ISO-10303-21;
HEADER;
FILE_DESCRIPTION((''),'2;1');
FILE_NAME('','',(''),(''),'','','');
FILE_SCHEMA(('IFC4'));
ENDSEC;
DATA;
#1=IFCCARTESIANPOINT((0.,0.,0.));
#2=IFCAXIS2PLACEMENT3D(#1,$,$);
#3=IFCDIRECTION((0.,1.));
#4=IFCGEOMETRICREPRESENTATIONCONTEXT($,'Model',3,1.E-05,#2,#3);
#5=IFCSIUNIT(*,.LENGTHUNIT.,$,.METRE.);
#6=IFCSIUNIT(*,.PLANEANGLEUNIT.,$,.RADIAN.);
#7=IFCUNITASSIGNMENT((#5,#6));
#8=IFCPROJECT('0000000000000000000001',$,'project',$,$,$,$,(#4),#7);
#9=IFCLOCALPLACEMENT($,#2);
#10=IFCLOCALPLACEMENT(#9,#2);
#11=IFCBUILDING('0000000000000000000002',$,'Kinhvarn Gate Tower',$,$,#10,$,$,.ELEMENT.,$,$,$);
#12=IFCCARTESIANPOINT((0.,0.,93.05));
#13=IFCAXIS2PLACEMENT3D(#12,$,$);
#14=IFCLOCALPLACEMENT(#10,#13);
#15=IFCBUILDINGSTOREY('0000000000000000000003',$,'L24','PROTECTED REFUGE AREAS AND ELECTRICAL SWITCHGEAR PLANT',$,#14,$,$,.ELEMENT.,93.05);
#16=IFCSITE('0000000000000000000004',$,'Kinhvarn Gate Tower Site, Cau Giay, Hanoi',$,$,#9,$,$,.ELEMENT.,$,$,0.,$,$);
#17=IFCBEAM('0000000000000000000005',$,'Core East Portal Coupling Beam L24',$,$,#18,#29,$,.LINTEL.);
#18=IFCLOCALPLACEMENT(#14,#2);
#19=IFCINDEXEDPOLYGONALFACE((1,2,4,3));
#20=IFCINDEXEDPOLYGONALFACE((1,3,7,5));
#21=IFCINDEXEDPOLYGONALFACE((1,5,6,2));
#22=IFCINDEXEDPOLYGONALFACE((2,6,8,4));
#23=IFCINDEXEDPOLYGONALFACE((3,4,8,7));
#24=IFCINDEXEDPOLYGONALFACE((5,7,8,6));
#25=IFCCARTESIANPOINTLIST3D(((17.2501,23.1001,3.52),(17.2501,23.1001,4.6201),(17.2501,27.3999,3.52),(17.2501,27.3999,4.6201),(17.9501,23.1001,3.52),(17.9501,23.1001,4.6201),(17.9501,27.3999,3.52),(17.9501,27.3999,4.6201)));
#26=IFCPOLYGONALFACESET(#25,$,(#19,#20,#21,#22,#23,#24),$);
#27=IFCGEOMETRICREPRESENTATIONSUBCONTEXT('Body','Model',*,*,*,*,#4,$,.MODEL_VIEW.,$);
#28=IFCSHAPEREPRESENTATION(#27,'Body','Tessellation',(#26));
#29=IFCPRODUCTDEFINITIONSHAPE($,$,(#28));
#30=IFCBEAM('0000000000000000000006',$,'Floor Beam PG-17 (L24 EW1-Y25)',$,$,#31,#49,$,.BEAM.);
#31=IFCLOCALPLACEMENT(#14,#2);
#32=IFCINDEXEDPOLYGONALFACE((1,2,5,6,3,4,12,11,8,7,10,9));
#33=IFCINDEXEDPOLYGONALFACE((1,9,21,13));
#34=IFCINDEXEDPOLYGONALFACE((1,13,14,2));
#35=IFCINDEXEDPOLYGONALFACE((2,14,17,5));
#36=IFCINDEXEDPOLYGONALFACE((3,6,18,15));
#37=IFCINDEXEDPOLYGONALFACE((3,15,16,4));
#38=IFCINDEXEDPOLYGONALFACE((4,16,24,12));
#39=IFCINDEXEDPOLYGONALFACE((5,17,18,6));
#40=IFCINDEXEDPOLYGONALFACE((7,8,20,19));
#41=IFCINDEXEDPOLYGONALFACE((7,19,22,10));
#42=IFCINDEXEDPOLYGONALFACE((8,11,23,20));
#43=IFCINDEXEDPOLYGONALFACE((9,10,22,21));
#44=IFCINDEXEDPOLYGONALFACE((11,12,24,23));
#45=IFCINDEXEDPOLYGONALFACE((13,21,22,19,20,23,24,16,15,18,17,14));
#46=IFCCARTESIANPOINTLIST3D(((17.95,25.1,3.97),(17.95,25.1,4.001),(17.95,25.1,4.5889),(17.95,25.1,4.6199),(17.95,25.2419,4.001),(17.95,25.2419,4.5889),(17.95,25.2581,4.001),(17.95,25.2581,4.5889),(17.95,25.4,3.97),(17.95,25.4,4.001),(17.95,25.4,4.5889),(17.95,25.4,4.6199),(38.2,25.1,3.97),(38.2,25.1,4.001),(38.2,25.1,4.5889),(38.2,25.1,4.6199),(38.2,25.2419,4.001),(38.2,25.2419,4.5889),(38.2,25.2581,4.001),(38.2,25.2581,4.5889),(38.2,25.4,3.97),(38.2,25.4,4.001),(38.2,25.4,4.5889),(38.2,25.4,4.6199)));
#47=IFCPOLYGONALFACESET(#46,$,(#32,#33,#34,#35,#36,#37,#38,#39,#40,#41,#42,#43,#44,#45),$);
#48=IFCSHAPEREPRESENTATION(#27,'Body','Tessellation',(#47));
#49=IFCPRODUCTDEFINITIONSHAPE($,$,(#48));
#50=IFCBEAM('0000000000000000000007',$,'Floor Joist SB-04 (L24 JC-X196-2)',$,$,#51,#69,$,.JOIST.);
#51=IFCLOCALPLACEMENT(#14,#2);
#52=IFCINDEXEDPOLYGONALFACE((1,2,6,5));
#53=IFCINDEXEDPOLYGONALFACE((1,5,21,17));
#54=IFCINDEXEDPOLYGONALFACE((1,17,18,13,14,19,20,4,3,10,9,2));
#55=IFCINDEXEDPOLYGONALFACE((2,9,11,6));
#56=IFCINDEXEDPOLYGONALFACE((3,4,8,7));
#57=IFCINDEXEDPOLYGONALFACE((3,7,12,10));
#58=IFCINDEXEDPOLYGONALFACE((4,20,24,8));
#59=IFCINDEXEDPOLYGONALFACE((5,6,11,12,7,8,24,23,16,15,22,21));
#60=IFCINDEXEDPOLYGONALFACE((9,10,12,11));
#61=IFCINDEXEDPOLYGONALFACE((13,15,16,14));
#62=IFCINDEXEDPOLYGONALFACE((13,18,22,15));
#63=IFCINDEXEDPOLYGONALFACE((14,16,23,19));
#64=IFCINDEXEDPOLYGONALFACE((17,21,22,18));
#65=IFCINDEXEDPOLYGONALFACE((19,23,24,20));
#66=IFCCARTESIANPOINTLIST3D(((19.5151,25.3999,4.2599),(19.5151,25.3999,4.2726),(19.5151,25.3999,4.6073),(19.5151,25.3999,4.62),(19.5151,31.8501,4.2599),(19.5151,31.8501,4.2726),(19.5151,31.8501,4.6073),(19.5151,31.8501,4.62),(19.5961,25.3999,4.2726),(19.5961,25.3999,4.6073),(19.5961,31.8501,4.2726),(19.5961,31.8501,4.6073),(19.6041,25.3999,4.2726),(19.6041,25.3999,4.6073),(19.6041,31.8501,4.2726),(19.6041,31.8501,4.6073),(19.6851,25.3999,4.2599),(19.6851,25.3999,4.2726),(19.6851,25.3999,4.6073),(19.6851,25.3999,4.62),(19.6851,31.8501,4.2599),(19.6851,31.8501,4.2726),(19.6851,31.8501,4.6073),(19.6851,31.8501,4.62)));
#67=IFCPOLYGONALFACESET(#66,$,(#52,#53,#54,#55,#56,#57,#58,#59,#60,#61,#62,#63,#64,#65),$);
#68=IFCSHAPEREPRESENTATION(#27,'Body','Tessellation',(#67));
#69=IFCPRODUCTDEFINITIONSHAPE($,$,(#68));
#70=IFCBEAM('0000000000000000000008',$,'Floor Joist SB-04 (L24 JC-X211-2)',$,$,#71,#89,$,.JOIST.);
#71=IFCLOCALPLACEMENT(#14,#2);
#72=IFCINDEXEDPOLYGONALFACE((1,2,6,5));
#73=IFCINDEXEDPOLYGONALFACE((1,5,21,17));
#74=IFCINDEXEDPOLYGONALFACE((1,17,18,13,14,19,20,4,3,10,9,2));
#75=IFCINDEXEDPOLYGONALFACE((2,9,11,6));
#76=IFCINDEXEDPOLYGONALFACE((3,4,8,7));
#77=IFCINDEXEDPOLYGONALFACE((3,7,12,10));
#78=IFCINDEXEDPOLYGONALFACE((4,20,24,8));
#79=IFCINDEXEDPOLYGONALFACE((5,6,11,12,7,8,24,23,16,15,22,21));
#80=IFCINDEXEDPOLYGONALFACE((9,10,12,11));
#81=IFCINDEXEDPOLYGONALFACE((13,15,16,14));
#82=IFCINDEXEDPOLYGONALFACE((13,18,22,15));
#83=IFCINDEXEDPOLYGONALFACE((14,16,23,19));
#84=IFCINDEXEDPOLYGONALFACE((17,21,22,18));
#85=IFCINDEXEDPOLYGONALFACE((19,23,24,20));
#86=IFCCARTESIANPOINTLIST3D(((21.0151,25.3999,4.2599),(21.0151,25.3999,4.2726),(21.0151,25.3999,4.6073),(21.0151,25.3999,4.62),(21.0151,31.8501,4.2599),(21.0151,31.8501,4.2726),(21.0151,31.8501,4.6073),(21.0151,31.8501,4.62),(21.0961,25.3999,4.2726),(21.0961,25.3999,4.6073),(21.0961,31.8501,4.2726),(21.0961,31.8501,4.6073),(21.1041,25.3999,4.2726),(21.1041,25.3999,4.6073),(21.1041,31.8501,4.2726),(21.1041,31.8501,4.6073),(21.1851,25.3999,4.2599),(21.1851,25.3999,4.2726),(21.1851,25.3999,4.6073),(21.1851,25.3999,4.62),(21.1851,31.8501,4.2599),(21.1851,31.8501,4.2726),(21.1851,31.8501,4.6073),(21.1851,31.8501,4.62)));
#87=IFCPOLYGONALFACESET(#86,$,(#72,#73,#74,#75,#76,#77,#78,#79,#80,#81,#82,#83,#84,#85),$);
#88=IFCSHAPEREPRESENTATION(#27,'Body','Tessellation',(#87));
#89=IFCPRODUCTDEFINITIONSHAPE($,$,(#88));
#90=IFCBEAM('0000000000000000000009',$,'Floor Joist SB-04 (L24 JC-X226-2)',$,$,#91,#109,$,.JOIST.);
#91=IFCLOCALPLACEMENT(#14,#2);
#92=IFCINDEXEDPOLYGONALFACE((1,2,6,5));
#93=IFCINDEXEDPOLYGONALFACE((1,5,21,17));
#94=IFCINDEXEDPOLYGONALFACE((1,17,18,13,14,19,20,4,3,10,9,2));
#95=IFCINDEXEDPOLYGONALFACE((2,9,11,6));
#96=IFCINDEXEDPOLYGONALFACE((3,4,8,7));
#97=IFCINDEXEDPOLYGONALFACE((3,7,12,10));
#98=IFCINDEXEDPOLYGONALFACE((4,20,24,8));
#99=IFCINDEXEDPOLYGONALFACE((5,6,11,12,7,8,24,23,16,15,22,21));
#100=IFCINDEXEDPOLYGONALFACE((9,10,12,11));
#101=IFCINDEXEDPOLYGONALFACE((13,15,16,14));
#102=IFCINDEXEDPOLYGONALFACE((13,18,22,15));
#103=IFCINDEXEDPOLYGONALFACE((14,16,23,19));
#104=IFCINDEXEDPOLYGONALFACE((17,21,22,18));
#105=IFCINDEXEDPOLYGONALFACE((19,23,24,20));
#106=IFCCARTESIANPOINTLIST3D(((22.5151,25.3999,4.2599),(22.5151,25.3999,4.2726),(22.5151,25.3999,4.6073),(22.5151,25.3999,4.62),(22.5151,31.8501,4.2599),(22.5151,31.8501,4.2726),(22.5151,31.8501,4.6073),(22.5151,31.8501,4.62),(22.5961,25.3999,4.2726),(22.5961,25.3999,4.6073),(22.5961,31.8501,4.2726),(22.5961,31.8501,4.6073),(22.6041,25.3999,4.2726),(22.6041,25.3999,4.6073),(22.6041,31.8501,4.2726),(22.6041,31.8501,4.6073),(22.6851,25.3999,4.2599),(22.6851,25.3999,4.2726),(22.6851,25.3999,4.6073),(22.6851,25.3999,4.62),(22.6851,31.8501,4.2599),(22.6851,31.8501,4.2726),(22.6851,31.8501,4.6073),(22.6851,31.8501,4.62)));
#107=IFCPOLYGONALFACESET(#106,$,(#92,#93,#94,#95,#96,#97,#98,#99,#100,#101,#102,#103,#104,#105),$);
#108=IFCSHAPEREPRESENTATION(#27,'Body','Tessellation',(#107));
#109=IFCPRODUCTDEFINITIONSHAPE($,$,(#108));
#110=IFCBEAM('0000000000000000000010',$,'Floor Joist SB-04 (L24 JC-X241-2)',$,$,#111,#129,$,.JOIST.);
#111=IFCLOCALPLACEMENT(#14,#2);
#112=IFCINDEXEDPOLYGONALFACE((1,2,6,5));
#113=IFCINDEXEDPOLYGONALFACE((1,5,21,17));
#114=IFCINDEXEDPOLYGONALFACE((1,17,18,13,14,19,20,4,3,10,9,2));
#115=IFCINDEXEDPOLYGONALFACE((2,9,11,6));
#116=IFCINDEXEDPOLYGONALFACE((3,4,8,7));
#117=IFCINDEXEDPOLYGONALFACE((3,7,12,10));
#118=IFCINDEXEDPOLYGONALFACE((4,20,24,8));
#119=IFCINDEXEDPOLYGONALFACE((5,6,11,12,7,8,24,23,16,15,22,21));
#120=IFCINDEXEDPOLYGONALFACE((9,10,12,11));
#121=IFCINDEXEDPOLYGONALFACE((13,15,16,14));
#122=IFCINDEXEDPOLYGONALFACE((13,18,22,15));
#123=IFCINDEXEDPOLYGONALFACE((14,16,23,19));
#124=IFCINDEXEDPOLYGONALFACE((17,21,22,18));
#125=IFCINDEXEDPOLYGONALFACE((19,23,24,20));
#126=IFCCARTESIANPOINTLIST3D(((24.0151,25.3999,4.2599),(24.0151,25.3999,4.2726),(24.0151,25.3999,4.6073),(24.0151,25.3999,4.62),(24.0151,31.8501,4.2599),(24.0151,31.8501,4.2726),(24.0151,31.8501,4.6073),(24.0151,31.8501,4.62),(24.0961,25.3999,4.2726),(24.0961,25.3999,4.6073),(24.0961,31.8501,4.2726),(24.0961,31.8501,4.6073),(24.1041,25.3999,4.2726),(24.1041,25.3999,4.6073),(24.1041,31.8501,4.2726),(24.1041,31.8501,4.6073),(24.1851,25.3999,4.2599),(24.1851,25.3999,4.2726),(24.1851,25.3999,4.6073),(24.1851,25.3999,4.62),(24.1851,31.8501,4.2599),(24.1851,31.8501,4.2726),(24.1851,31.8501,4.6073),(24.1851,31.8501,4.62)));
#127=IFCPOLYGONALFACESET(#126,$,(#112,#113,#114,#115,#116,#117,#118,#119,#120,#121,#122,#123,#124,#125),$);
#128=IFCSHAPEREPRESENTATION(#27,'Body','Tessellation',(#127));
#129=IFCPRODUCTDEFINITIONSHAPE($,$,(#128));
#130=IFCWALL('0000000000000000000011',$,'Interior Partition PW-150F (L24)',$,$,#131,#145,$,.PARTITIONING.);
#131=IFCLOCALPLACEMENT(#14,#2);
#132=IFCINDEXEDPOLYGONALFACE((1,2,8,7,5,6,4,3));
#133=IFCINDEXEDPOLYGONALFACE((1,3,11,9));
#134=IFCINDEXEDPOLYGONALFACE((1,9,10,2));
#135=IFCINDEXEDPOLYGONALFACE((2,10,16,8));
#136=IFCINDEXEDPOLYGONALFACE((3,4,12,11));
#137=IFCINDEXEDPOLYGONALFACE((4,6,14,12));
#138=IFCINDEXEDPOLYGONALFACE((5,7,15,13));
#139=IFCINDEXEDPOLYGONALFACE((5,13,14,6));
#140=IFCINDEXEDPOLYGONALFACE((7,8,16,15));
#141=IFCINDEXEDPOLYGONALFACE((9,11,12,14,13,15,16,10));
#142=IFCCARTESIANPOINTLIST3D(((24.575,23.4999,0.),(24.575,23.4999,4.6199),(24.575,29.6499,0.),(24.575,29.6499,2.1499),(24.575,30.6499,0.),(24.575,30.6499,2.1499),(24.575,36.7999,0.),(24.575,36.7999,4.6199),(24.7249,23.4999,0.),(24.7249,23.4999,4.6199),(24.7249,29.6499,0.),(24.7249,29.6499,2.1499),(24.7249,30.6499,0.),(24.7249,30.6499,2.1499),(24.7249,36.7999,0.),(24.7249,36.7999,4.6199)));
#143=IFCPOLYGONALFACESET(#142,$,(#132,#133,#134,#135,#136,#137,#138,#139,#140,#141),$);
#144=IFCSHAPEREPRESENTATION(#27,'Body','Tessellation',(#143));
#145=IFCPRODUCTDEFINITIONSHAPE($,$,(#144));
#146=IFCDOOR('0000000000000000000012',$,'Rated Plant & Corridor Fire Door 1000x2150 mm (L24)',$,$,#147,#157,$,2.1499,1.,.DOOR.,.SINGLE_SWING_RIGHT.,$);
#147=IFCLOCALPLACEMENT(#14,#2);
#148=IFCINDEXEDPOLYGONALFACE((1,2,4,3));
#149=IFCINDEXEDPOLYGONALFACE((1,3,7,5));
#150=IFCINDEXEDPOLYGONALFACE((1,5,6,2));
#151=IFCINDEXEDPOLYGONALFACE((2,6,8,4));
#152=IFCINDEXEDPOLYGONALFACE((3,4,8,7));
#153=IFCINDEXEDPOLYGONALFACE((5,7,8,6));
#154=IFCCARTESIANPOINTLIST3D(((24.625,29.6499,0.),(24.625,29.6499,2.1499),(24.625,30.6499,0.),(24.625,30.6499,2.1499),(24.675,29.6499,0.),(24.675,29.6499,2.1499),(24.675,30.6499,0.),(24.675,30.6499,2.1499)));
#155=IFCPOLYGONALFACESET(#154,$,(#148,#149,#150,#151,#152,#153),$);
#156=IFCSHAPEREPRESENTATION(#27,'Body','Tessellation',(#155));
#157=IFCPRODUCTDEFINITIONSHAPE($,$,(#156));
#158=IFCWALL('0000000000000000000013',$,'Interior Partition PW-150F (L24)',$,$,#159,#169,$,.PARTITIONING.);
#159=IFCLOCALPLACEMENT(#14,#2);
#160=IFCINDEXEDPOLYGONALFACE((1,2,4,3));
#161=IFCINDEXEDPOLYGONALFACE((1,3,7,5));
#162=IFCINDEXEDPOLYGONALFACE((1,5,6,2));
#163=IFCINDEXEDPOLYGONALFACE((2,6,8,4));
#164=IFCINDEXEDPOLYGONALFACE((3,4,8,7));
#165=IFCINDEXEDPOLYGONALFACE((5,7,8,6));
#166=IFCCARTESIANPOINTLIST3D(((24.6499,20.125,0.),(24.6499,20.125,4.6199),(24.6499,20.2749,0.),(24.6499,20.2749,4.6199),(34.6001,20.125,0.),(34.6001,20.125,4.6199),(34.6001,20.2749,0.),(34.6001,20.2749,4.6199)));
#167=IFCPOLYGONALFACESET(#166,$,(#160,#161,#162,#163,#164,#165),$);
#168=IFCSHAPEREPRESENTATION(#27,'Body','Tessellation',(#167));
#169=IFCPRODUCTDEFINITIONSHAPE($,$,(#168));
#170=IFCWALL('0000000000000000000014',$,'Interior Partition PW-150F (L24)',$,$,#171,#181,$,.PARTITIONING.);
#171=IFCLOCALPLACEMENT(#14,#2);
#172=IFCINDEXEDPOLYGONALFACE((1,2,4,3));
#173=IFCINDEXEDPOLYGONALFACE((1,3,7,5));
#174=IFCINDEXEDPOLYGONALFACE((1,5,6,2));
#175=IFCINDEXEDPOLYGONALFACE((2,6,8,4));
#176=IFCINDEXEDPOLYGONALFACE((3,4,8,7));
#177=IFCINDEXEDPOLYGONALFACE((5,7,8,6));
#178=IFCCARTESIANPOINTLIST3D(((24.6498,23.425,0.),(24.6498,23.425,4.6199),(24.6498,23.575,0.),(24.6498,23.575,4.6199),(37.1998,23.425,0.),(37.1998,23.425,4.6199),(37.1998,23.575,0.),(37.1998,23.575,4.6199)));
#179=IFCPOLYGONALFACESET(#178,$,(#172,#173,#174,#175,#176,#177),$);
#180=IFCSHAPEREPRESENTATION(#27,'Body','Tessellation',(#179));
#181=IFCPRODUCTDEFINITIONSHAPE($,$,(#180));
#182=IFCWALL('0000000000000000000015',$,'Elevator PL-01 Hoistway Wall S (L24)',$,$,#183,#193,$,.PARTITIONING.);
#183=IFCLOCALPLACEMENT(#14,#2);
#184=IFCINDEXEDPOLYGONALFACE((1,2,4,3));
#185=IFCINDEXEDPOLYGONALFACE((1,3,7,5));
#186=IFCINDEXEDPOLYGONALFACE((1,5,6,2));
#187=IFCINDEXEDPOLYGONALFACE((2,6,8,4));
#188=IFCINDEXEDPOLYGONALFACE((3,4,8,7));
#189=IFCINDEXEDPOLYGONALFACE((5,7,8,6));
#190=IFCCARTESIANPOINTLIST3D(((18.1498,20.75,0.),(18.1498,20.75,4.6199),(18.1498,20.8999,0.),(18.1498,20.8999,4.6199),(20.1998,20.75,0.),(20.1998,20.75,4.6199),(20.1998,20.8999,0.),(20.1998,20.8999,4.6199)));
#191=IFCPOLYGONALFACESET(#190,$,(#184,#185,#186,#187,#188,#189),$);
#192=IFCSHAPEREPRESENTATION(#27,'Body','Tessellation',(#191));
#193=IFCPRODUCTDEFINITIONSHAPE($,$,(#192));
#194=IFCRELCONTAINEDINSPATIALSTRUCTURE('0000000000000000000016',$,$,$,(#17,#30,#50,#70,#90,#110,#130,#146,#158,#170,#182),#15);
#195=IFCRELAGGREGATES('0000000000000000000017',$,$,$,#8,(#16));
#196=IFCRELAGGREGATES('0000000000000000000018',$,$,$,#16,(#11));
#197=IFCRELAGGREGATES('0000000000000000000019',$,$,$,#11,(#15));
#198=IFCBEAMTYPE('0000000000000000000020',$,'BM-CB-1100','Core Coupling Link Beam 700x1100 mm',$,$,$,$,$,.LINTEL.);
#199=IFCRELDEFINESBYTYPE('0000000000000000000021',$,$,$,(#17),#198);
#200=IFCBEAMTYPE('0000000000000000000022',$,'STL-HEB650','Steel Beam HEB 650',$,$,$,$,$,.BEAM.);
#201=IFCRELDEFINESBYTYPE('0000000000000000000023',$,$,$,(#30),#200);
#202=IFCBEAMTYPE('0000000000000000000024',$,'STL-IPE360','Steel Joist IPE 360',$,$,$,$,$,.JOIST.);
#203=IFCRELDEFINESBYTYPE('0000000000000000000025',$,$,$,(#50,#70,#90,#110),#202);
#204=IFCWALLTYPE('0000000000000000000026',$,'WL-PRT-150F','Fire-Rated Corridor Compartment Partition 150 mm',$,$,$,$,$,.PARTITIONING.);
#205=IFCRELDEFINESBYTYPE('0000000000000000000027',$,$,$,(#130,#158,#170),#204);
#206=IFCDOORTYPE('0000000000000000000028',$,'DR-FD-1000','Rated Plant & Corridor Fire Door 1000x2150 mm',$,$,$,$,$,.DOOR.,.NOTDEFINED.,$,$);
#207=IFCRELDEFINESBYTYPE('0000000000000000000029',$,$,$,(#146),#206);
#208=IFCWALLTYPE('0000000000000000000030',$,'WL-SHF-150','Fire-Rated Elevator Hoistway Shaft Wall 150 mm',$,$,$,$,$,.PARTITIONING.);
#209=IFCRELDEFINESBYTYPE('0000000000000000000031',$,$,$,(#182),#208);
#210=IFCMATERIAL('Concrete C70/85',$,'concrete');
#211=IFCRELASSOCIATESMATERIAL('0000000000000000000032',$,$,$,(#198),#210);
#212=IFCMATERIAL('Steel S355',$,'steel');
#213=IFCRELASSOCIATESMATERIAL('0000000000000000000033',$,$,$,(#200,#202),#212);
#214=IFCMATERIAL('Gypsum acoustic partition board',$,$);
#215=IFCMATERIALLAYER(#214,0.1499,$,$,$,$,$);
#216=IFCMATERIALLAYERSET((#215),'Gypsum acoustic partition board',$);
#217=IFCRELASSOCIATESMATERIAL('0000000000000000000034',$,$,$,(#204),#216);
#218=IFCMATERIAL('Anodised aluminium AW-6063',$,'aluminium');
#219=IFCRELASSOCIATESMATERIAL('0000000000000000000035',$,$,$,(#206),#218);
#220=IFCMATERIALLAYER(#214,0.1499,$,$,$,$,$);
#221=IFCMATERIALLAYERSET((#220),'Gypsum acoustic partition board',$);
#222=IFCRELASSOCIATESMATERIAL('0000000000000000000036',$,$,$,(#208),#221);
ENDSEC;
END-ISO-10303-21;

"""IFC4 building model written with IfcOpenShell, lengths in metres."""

from ifc_helpers import new_model, si_unit, direction, frame, frame_2d, origin, origin_2d, place, context, subcontext, project, spatial, rectangle, i_section, extrude, material, layer, layer_set, material_profile, profile_set, type_object, element, fill, save


model = new_model("IFC4")

# Units and contexts
model_context = context("Model", 3, precision=1e-05, world=origin(), true_north=direction((0.0, 1.0)))
body_context = subcontext(model_context, "Body", "Model", "MODEL_VIEW")
ifc_project = project(units=[si_unit("LENGTHUNIT", "METRE"), si_unit("PLANEANGLEUNIT", "RADIAN")], contexts=[model_context])

# Site, building, storey
site_placement = place(None, origin())
site = spatial("IfcSite", under=ifc_project, at=site_placement, Name="Kinhvarn Gate Tower Site, Cau Giay, Hanoi", CompositionType="ELEMENT", RefElevation=0.0)
building_placement = place(site_placement, origin())
building = spatial("IfcBuilding", under=site, at=building_placement, Name="Kinhvarn Gate Tower", CompositionType="ELEMENT")
storey_placement = place(building_placement, frame((0.0, 0.0, 93.05)))
storey = spatial("IfcBuildingStorey", under=building, at=storey_placement, Name="L24", Description="PROTECTED REFUGE AREAS AND ELECTRICAL SWITCHGEAR PLANT", CompositionType="ELEMENT", Elevation=93.05)

# Beams
ifc_material_1 = material(Name="Concrete C70/85", Category="concrete")
ifc_material_profile_1 = material_profile(ifc_material_1, rectangle(XDim=0.7, YDim=1.1001, at=origin_2d()), Name="RC 700x1100")
ifc_profile_set_1 = profile_set([ifc_material_profile_1], Name="Concrete C70/85")
beam_type_1 = type_object("IfcBeamType", Name="BM-CB-1100", Description="Core Coupling Link Beam 700x1100 mm", PredefinedType="LINTEL", material=ifc_profile_set_1)
beam_1_placement = place(storey_placement, frame((17.6001, 23.1001, 4.0701), z_axis=(0.0, 1.0, 0.0), x_axis=(-1.0, 0.0, 0.0)))
element("IfcBeam", 1, at=beam_1_placement, inside=storey, type_object=beam_type_1, Name="Core East Portal Coupling Beam L24", PredefinedType="LINTEL", context=body_context, shape_type="SweptSolid", body=[
    extrude(rectangle(XDim=0.7, YDim=1.1001, at=origin_2d()), origin(), (0.0, 0.0, 1.0), 4.2998),
])
ifc_material_2 = material(Name="Steel S355", Category="steel")
ifc_material_profile_2 = material_profile(ifc_material_2, i_section(OverallWidth=0.3, OverallDepth=0.6499, WebThickness=0.0161, FlangeThickness=0.031, at=origin_2d()), Name="HEB 650")
ifc_profile_set_2 = profile_set([ifc_material_profile_2], Name="Steel S355")
beam_type_2 = type_object("IfcBeamType", Name="STL-HEB650", Description="Steel Beam HEB 650", PredefinedType="BEAM", material=ifc_profile_set_2)
beam_2_placement = place(storey_placement, frame((17.95, 25.25, 4.2949), z_axis=(1.0, 0.0, 0.0), x_axis=(0.0, 1.0, 0.0)))
element("IfcBeam", 2, at=beam_2_placement, inside=storey, type_object=beam_type_2, Name="Floor Beam PG-17 (L24 EW1-Y25)", PredefinedType="BEAM", context=body_context, shape_type="SweptSolid", body=[
    extrude(i_section(OverallWidth=0.3, OverallDepth=0.6499, WebThickness=0.0161, FlangeThickness=0.031, at=origin_2d()), origin(), (0.0, 0.0, 1.0), 20.25),
])
ifc_material_profile_3 = material_profile(ifc_material_2, i_section(OverallWidth=0.1699, OverallDepth=0.3601, WebThickness=0.0081, FlangeThickness=0.0127, at=origin_2d()), Name="IPE 360")
ifc_profile_set_3 = profile_set([ifc_material_profile_3], Name="Steel S355")
beam_type_3 = type_object("IfcBeamType", Name="STL-IPE360", Description="Steel Joist IPE 360", PredefinedType="JOIST", material=ifc_profile_set_3)
for number, where, z_axis, x_axis, name in (
    (3, (19.6001, 25.3999, 4.4399), (0.0, 1.0, 0.0), (-1.0, 0.0, 0.0), "Floor Joist SB-04 (L24 JC-X196-2)"),
    (4, (21.1001, 25.3999, 4.4399), (0.0, 1.0, 0.0), (-1.0, 0.0, 0.0), "Floor Joist SB-04 (L24 JC-X211-2)"),
    (5, (22.6001, 25.3999, 4.4399), (0.0, 1.0, 0.0), (-1.0, 0.0, 0.0), "Floor Joist SB-04 (L24 JC-X226-2)"),
    (6, (24.1001, 25.3999, 4.4399), (0.0, 1.0, 0.0), (-1.0, 0.0, 0.0), "Floor Joist SB-04 (L24 JC-X241-2)"),
):
    element("IfcBeam", number, at=place(storey_placement, frame(where, z_axis=z_axis, x_axis=x_axis)), inside=storey, type_object=beam_type_3, Name=name, PredefinedType="JOIST", context=body_context, shape_type="SweptSolid", body=[
        extrude(i_section(OverallWidth=0.1699, OverallDepth=0.3601, WebThickness=0.0081, FlangeThickness=0.0127, at=origin_2d()), origin(), (0.0, 0.0, 1.0), 6.4502),
    ])

# Wall, opening, door
ifc_material_3 = material(Name="Gypsum acoustic partition board")
ifc_layer_1 = layer(ifc_material_3, 0.1499)
ifc_layer_set_1 = layer_set([ifc_layer_1], Name="Gypsum acoustic partition board")
wall_type_1 = type_object("IfcWallType", Name="WL-PRT-150F", Description="Fire-Rated Corridor Compartment Partition 150 mm", PredefinedType="PARTITIONING", material=ifc_layer_set_1)
wall_1_placement = place(storey_placement, frame((24.6499, 23.5, 0.0), z_axis=(0.0, 0.0, 1.0), x_axis=(0.0, 1.0, 0.0)))
wall_1 = element("IfcWall", 7, at=wall_1_placement, inside=storey, type_object=wall_type_1, Name="Interior Partition PW-150F (L24)", PredefinedType="PARTITIONING", context=body_context, shape_type="SweptSolid", body=[
    extrude(rectangle(XDim=13.3, YDim=0.1499, at=frame_2d((6.6499, 0.0))), origin(), (0.0, 0.0, 1.0), 4.6199),
])
opening_1_placement = place(wall_1_placement, frame((6.1499, 0.0, 0.0)))
opening_1 = element("IfcOpeningElement", 8, at=opening_1_placement, cuts=wall_1, PredefinedType="OPENING", context=body_context, shape_type="SweptSolid", body=[
    extrude(rectangle(XDim=1.0, YDim=2.1499, at=frame_2d((0.5, 1.075))), frame((0.0, 0.085, 0.0), z_axis=(0.0, -1.0, 0.0), x_axis=(1.0, 0.0, 0.0)), (0.0, 0.0, 1.0), 0.1699),
])
ifc_material_4 = material(Name="Anodised aluminium AW-6063", Category="aluminium")
door_type_1 = type_object("IfcDoorType", Name="DR-FD-1000", Description="Rated Plant & Corridor Fire Door 1000x2150 mm", OperationType="NOTDEFINED", PredefinedType="DOOR", material=ifc_material_4)
door_1_placement = place(opening_1_placement, origin())
door_1 = element("IfcDoor", 9, at=door_1_placement, inside=storey, type_object=door_type_1, Name="Rated Plant & Corridor Fire Door 1000x2150 mm (L24)", OperationType="SINGLE_SWING_RIGHT", OverallHeight=2.1499, OverallWidth=1.0, PredefinedType="DOOR", context=body_context, shape_type="SweptSolid", body=[
    extrude(rectangle(XDim=1.0, YDim=2.1499, at=frame_2d((0.5, 1.075))), frame((0.0, 0.0249, 0.0), z_axis=(0.0, -1.0, 0.0), x_axis=(1.0, 0.0, 0.0)), (0.0, 0.0, 1.0), 0.05),
])
fill(opening_1, door_1)

# Walls
wall_2_placement = place(storey_placement, frame((24.6499, 20.2, 0.0), z_axis=(0.0, 0.0, 1.0), x_axis=(1.0, 0.0, 0.0)))
element("IfcWall", 10, at=wall_2_placement, inside=storey, type_object=wall_type_1, Name="Interior Partition PW-150F (L24)", PredefinedType="PARTITIONING", context=body_context, shape_type="SweptSolid", body=[
    extrude(rectangle(XDim=9.9502, YDim=0.1499, at=frame_2d((4.9751, 0.0))), origin(), (0.0, 0.0, 1.0), 4.6199),
])
wall_3_placement = place(storey_placement, frame((24.6499, 23.5, 0.0), z_axis=(0.0, 0.0, 1.0), x_axis=(1.0, 0.0, 0.0)))
element("IfcWall", 11, at=wall_3_placement, inside=storey, type_object=wall_type_1, Name="Interior Partition PW-150F (L24)", PredefinedType="PARTITIONING", context=body_context, shape_type="SweptSolid", body=[
    extrude(rectangle(XDim=12.55, YDim=0.1499, at=frame_2d((6.2749, 0.0))), origin(), (0.0, 0.0, 1.0), 4.6199),
])
ifc_layer_2 = layer(ifc_material_3, 0.1499)
ifc_layer_set_2 = layer_set([ifc_layer_2], Name="Gypsum acoustic partition board")
wall_type_2 = type_object("IfcWallType", Name="WL-SHF-150", Description="Fire-Rated Elevator Hoistway Shaft Wall 150 mm", PredefinedType="PARTITIONING", material=ifc_layer_set_2)
wall_4_placement = place(storey_placement, frame((18.1499, 20.825, 0.0), z_axis=(0.0, 0.0, 1.0), x_axis=(1.0, 0.0, 0.0)))
element("IfcWall", 12, at=wall_4_placement, inside=storey, type_object=wall_type_2, Name="Elevator PL-01 Hoistway Wall S (L24)", PredefinedType="PARTITIONING", context=body_context, shape_type="SweptSolid", body=[
    extrude(rectangle(XDim=2.05, YDim=0.1499, at=frame_2d((1.0249, 0.0))), origin(), (0.0, 0.0, 1.0), 4.6199),
])

save(model, "model.ifc")
